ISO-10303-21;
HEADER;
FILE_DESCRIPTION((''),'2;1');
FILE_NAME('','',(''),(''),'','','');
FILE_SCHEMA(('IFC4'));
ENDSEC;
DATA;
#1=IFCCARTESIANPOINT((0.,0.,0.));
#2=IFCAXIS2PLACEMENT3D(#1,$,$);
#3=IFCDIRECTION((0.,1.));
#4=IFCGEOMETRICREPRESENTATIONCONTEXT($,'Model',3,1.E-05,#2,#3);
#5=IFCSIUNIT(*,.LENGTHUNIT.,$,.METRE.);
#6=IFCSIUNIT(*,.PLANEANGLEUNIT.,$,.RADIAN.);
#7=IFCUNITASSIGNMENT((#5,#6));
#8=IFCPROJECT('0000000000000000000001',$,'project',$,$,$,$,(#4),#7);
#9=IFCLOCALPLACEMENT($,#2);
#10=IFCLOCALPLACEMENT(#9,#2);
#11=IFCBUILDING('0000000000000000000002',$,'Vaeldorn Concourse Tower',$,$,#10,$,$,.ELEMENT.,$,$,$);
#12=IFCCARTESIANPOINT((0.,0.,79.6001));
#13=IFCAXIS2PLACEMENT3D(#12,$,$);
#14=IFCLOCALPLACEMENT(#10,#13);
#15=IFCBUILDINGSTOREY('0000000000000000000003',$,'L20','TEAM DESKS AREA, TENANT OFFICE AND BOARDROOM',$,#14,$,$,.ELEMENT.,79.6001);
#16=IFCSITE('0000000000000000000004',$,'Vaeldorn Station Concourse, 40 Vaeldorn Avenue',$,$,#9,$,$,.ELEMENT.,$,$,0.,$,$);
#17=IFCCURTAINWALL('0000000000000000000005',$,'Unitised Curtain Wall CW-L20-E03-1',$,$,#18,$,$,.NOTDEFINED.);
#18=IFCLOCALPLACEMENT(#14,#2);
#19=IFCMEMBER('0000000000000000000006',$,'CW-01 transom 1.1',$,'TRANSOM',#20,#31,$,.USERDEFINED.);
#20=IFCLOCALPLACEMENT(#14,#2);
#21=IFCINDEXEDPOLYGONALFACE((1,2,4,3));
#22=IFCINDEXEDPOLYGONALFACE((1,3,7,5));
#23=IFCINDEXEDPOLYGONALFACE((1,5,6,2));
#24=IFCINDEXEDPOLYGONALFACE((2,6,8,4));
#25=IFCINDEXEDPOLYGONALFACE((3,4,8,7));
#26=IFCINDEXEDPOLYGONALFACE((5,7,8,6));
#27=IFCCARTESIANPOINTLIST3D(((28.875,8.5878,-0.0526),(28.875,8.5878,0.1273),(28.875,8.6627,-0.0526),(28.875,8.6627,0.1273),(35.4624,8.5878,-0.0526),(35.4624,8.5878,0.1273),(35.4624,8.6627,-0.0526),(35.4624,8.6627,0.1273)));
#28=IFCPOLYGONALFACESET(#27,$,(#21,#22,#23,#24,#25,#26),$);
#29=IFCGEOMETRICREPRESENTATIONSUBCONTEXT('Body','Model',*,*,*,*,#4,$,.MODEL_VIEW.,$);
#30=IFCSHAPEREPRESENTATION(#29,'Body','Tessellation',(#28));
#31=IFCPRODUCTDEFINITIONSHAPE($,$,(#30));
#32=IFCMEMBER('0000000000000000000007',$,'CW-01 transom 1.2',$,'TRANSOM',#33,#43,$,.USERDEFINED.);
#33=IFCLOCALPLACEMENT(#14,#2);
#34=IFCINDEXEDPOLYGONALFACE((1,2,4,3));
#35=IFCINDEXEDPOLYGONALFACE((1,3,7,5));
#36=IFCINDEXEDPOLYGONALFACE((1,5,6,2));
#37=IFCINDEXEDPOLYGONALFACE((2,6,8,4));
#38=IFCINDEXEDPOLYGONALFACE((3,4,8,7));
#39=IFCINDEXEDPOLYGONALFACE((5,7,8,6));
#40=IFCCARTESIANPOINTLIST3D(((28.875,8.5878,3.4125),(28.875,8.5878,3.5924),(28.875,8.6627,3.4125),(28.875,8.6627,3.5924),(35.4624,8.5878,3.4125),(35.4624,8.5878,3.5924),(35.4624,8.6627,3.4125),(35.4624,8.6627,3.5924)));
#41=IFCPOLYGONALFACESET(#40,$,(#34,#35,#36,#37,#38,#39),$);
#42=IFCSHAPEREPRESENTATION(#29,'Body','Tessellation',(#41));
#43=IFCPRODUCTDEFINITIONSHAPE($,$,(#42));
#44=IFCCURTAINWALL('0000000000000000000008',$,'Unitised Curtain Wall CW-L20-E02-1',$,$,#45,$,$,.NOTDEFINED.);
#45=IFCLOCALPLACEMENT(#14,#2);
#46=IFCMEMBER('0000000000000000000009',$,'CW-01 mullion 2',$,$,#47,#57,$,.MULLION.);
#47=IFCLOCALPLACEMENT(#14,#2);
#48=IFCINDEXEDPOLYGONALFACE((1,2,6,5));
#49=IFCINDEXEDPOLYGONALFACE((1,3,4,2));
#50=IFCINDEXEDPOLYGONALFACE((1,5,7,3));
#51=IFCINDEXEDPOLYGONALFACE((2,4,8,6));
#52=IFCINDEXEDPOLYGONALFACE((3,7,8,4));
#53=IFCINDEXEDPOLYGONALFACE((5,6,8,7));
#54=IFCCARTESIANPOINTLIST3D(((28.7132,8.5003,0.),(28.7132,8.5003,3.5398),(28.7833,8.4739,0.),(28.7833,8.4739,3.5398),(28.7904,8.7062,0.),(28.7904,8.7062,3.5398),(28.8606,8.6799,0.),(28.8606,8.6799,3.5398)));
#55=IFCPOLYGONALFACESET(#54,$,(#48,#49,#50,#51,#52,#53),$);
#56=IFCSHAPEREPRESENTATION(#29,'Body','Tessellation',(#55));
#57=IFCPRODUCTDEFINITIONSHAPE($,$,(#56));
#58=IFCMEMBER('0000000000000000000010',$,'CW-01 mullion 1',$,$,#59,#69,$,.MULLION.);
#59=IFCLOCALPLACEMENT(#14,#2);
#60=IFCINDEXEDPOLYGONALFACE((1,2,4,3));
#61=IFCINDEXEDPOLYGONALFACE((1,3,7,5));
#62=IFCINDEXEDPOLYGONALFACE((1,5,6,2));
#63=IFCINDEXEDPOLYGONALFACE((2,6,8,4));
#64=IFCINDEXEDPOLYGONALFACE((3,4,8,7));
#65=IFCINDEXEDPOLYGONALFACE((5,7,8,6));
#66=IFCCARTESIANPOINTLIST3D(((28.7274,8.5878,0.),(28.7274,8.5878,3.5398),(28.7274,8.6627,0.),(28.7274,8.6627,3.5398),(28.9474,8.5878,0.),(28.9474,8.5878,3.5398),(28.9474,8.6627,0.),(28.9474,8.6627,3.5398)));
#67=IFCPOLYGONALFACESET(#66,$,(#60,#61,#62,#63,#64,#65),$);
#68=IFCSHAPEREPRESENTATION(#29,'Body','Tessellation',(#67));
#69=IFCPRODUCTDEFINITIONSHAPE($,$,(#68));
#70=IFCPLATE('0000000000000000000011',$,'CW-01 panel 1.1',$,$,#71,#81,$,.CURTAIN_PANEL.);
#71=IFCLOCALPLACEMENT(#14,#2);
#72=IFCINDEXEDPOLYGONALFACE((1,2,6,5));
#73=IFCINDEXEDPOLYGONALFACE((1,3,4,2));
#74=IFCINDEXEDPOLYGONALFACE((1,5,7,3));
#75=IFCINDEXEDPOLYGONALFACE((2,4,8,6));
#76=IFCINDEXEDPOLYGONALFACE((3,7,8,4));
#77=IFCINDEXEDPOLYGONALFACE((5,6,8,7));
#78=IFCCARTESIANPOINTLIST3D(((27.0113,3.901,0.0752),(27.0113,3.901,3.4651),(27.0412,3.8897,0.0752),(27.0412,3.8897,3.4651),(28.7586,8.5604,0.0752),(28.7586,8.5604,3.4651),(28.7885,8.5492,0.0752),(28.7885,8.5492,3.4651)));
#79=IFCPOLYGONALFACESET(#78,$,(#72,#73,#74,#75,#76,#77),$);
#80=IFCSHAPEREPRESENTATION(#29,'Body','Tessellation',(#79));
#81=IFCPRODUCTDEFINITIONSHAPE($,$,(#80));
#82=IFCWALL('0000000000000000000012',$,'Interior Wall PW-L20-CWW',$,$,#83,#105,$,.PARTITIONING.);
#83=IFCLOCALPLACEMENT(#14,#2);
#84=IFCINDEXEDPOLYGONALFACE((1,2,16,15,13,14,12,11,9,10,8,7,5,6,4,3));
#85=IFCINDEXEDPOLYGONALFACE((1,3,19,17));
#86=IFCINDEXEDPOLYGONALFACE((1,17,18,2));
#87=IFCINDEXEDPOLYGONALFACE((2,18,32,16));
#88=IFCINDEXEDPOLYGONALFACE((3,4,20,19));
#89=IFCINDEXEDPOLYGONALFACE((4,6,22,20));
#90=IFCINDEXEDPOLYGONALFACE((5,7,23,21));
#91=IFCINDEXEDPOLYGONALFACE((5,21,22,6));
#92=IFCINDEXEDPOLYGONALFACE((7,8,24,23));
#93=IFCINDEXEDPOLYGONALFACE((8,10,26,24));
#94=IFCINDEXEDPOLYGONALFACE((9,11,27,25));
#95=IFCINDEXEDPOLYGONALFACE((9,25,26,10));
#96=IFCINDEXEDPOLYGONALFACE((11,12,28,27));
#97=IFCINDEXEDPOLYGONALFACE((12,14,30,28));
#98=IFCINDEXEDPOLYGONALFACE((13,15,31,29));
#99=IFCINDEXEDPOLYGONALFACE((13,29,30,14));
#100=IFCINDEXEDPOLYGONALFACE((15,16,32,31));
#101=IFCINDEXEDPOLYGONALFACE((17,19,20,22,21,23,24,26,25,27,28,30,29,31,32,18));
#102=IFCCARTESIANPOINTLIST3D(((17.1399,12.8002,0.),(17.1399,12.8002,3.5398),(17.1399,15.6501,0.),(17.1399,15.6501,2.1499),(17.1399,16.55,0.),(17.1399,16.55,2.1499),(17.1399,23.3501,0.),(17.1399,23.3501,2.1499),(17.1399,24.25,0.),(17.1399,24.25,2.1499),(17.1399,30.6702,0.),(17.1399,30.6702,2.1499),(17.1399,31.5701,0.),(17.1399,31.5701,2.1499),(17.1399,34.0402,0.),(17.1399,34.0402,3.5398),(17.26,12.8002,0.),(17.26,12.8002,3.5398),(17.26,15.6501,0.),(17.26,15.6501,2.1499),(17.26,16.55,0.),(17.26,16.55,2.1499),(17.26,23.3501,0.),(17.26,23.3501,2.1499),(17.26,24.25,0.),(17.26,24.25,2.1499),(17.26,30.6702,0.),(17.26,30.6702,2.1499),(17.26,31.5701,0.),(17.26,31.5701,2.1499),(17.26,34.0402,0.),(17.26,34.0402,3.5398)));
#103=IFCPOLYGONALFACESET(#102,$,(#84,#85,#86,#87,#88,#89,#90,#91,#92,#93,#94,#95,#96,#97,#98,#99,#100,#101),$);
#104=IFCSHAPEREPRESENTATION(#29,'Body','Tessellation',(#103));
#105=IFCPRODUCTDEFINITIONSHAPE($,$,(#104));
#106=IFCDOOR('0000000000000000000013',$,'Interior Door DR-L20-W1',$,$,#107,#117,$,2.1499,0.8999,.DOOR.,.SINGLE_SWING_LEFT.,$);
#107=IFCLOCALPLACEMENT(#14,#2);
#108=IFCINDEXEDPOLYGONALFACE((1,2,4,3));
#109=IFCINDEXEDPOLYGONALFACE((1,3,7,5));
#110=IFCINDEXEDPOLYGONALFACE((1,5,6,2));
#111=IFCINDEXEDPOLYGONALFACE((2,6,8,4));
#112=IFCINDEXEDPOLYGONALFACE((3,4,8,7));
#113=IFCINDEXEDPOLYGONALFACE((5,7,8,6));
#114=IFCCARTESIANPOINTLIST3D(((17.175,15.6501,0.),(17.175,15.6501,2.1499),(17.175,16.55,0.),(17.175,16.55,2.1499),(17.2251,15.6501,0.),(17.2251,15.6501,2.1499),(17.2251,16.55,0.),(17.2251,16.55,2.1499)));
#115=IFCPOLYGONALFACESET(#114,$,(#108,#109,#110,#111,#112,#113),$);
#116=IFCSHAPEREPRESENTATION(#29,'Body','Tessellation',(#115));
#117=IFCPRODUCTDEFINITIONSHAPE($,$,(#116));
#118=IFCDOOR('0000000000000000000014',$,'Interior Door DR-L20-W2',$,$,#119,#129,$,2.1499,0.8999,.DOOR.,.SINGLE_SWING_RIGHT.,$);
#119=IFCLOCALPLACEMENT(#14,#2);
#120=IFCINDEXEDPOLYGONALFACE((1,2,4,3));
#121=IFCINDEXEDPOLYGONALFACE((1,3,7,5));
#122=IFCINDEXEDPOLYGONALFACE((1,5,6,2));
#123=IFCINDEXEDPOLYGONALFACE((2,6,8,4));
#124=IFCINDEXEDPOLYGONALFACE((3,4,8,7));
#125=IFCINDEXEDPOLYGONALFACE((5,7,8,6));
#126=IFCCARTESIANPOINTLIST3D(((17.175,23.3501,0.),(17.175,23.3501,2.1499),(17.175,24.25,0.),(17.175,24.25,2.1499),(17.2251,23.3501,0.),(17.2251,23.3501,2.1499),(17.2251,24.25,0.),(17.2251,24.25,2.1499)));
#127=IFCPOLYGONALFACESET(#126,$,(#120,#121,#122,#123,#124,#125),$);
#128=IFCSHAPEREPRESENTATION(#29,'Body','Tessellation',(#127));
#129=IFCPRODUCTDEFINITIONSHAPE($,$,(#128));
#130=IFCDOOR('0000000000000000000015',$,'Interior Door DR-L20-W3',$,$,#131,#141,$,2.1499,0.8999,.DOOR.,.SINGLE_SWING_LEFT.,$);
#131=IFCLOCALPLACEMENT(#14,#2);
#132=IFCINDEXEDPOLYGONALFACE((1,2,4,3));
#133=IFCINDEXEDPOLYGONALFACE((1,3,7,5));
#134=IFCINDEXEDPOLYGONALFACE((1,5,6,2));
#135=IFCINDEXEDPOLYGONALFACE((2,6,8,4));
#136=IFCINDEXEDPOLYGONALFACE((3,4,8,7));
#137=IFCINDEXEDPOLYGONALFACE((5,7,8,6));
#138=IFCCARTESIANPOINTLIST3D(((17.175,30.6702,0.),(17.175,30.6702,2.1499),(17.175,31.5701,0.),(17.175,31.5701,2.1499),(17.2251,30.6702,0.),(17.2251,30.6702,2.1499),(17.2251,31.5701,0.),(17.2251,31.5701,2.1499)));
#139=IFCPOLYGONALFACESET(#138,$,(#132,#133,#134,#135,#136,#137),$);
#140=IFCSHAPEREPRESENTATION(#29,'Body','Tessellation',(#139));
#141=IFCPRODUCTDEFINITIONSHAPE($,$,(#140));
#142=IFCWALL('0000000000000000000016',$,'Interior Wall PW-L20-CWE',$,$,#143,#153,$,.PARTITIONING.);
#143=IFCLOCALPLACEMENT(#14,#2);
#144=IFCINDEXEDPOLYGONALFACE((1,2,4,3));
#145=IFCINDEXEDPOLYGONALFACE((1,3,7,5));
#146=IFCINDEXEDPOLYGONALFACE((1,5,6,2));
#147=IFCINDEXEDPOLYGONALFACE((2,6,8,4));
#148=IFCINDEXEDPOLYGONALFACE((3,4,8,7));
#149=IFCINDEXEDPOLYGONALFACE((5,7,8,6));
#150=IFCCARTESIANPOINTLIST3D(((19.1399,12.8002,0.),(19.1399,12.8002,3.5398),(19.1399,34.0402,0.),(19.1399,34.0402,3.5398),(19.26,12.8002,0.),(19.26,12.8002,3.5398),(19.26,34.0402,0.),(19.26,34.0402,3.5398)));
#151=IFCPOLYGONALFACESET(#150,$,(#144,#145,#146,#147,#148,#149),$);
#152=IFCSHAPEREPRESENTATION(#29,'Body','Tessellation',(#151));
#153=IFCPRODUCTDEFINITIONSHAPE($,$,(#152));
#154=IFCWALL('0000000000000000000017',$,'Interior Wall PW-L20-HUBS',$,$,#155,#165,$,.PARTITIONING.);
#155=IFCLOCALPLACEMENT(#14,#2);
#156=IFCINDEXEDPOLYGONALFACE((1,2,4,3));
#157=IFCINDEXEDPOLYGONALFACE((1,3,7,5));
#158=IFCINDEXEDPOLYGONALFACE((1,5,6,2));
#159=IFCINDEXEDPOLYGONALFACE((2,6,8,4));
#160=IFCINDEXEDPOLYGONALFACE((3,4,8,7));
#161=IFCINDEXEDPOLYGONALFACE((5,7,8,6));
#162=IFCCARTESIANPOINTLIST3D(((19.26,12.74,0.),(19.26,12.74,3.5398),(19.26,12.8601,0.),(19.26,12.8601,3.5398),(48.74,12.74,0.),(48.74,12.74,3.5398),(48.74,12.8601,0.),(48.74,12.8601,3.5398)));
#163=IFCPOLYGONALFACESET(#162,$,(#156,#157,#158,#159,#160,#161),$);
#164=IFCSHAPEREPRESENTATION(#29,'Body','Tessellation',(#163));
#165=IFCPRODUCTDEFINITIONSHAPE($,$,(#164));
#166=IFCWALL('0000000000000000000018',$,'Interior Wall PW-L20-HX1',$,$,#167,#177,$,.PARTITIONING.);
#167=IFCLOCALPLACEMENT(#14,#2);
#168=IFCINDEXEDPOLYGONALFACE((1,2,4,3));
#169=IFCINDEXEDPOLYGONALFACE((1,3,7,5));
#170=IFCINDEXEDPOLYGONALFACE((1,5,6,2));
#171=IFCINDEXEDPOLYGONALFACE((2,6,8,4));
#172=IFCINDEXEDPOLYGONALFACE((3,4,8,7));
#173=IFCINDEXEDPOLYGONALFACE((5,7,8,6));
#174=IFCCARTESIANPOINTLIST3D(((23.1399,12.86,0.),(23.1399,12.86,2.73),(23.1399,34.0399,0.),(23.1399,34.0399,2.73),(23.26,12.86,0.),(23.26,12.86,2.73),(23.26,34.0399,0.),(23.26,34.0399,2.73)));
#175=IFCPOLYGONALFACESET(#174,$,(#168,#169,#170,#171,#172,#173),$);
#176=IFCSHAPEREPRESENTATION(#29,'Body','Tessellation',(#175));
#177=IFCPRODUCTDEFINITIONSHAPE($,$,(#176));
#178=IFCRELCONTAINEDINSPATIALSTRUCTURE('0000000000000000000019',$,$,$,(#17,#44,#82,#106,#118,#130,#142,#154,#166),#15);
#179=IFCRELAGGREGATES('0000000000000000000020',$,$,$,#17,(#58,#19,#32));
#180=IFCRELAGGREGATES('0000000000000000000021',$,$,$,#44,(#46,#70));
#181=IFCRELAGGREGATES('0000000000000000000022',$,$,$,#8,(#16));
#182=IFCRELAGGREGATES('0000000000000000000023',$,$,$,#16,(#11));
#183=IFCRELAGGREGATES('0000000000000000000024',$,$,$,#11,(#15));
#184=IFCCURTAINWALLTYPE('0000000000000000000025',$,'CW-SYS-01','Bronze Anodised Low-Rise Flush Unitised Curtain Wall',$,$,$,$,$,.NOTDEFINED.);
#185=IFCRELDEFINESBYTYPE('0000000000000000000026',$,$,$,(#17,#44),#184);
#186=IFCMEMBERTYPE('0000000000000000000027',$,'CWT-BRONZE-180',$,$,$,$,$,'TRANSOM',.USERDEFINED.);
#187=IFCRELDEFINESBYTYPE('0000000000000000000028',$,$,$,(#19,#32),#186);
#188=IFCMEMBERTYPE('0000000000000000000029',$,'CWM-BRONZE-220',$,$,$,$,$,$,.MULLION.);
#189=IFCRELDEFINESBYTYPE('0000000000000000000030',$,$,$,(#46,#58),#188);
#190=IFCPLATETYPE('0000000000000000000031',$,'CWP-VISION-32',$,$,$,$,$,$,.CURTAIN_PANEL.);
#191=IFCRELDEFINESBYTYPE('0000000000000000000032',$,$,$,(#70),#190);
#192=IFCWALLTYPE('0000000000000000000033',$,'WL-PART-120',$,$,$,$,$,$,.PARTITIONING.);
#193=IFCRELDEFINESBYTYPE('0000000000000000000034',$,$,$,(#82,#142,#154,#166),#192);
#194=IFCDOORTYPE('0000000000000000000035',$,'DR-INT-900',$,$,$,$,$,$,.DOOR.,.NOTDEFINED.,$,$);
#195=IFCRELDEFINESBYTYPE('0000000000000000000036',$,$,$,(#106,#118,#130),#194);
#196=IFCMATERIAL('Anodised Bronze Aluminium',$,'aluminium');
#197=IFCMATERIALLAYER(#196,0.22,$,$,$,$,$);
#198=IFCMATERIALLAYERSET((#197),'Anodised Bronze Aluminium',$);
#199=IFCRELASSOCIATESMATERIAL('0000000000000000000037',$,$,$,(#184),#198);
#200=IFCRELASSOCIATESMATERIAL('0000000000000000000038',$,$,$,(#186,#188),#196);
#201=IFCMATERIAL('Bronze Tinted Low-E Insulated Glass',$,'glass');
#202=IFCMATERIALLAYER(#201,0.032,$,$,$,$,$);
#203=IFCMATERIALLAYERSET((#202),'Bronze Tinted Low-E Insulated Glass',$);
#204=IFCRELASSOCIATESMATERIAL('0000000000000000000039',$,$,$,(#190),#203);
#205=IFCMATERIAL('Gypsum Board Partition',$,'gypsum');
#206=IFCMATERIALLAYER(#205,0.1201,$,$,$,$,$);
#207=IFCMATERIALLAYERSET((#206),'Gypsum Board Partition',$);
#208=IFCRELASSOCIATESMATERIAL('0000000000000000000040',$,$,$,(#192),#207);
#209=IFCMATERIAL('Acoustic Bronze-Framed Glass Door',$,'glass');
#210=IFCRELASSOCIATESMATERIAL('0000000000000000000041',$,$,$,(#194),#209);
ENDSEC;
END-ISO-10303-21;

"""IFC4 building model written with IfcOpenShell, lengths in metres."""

from ifc_helpers import new_model, si_unit, direction, frame, frame_2d, origin, origin_2d, place, context, subcontext, project, spatial, rectangle, extrude, source, transform, mapped, material, layer, layer_set, material_profile, profile_set, type_object, element, fill, aggregate, save


model = new_model("IFC4")

# Units and contexts
model_context = context("Model", 3, precision=1e-05, world=origin(), true_north=direction((0.0, 1.0)))
body_context = subcontext(model_context, "Body", "Model", "MODEL_VIEW")
ifc_project = project(units=[si_unit("LENGTHUNIT", "METRE"), si_unit("PLANEANGLEUNIT", "RADIAN")], contexts=[model_context])

# Site, building, storey
site_placement = place(None, origin())
site = spatial("IfcSite", under=ifc_project, at=site_placement, Name="Vaeldorn Station Concourse, 40 Vaeldorn Avenue", CompositionType="ELEMENT", RefElevation=0.0)
building_placement = place(site_placement, origin())
building = spatial("IfcBuilding", under=site, at=building_placement, Name="Vaeldorn Concourse Tower", CompositionType="ELEMENT")
storey_placement = place(building_placement, frame((0.0, 0.0, 79.6001)))
storey = spatial("IfcBuildingStorey", under=building, at=storey_placement, Name="L20", Description="TEAM DESKS AREA, TENANT OFFICE AND BOARDROOM", CompositionType="ELEMENT", Elevation=79.6001)

# Curtain wall, members
ifc_material_1 = material(Name="Anodised Bronze Aluminium", Category="aluminium")
ifc_layer_1 = layer(ifc_material_1, 0.22)
ifc_layer_set_1 = layer_set([ifc_layer_1], Name="Anodised Bronze Aluminium")
curtain_wall_type = type_object("IfcCurtainWallType", Name="CW-SYS-01", Description="Bronze Anodised Low-Rise Flush Unitised Curtain Wall", PredefinedType="NOTDEFINED", material=ifc_layer_set_1)
curtain_wall_1_placement = place(storey_placement, origin())
curtain_wall_1 = element("IfcCurtainWall", 1, at=curtain_wall_1_placement, inside=storey, type_object=curtain_wall_type, Name="Unitised Curtain Wall CW-L20-E03-1", PredefinedType="NOTDEFINED")
ifc_material_profile_1 = material_profile(ifc_material_1, rectangle(XDim=0.075, YDim=0.1799, at=origin_2d()), Name="CWT 75x180")
ifc_profile_set_1 = profile_set([ifc_material_profile_1], Name="Anodised Bronze Aluminium")
member_type_1 = type_object("IfcMemberType", Name="CWT-BRONZE-180", ElementType="TRANSOM", PredefinedType="USERDEFINED", material=ifc_profile_set_1)
shared_shape_1 = source(origin(), body_context, "Body", "SweptSolid", [
    extrude(rectangle(XDim=0.075, YDim=0.1799, at=origin_2d()), origin(), (0.0, 0.0, 1.0), 6.5874),
])
member_1_placement = place(storey_placement, frame((28.875, 8.6252, 0.0374), z_axis=(1.0, 0.0, 0.0), x_axis=(0.0, 1.0, 0.0)))
member_1 = element("IfcMember", 2, at=member_1_placement, type_object=member_type_1, Name="CW-01 transom 1.1", ObjectType="TRANSOM", PredefinedType="USERDEFINED", context=body_context, shape_type="MappedRepresentation", body=[
    mapped(shared_shape_1, transform((0.0, 0.0, 0.0), scale=1.0)),
])
member_2_placement = place(storey_placement, frame((28.875, 8.6252, 3.5024), z_axis=(1.0, 0.0, 0.0), x_axis=(0.0, 1.0, 0.0)))
member_2 = element("IfcMember", 3, at=member_2_placement, type_object=member_type_1, Name="CW-01 transom 1.2", ObjectType="TRANSOM", PredefinedType="USERDEFINED", context=body_context, shape_type="MappedRepresentation", body=[
    mapped(shared_shape_1, transform((0.0, 0.0, 0.0), scale=1.0)),
])

# Curtain wall, member
curtain_wall_2_placement = place(storey_placement, origin())
curtain_wall_2 = element("IfcCurtainWall", 4, at=curtain_wall_2_placement, inside=storey, type_object=curtain_wall_type, Name="Unitised Curtain Wall CW-L20-E02-1", PredefinedType="NOTDEFINED")
ifc_material_profile_2 = material_profile(ifc_material_1, rectangle(XDim=0.075, YDim=0.22, at=origin_2d()), Name="CWM 75x220")
ifc_profile_set_2 = profile_set([ifc_material_profile_2], Name="Anodised Bronze Aluminium")
member_type_2 = type_object("IfcMemberType", Name="CWM-BRONZE-220", PredefinedType="MULLION", material=ifc_profile_set_2)
shared_shape_2 = source(origin(), body_context, "Body", "SweptSolid", [
    extrude(rectangle(XDim=0.075, YDim=0.22, at=origin_2d()), origin(), (0.0, 0.0, 1.0), 3.5398),
])
member_3_placement = place(storey_placement, frame((28.7869, 8.5901, 0.0), z_axis=(0.0, 0.0, 1.0), x_axis=(-0.936329, 0.351123, 0.0)))
member_3 = element("IfcMember", 5, at=member_3_placement, type_object=member_type_2, Name="CW-01 mullion 2", PredefinedType="MULLION", context=body_context, shape_type="MappedRepresentation", body=[
    mapped(shared_shape_2, transform((0.0, 0.0, 0.0), scale=1.0)),
])

# Member
member_4_placement = place(storey_placement, frame((28.8374, 8.6252, 0.0), z_axis=(0.0, 0.0, 1.0), x_axis=(0.0, 1.0, 0.0)))
member_4 = element("IfcMember", 6, at=member_4_placement, type_object=member_type_2, Name="CW-01 mullion 1", PredefinedType="MULLION", context=body_context, shape_type="MappedRepresentation", body=[
    mapped(shared_shape_2, transform((0.0, 0.0, 0.0), scale=1.0)),
])
aggregate(curtain_wall_1, [member_4, member_1, member_2])

# Plate
ifc_material_2 = material(Name="Bronze Tinted Low-E Insulated Glass", Category="glass")
ifc_layer_2 = layer(ifc_material_2, 0.032)
ifc_layer_set_2 = layer_set([ifc_layer_2], Name="Bronze Tinted Low-E Insulated Glass")
plate_type = type_object("IfcPlateType", Name="CWP-VISION-32", PredefinedType="CURTAIN_PANEL", material=ifc_layer_set_2)
shared_shape_3 = source(origin(), body_context, "Body", "SweptSolid", [
    extrude(rectangle(XDim=4.9763, YDim=0.032, at=origin_2d()), origin(), (0.0, 0.0, 1.0), 3.3899),
])
plate_placement = place(storey_placement, frame((27.8999, 6.2251, 0.0752), z_axis=(0.0, 0.0, 1.0), x_axis=(0.351123, 0.936329, 0.0)))
plate = element("IfcPlate", 7, at=plate_placement, type_object=plate_type, Name="CW-01 panel 1.1", PredefinedType="CURTAIN_PANEL", context=body_context, shape_type="MappedRepresentation", body=[
    mapped(shared_shape_3, transform((0.0, 0.0, 0.0), scale=1.0)),
])
aggregate(curtain_wall_2, [member_3, plate])

# Wall, openings, doors
ifc_material_3 = material(Name="Gypsum Board Partition", Category="gypsum")
ifc_layer_3 = layer(ifc_material_3, 0.1201)
ifc_layer_set_3 = layer_set([ifc_layer_3], Name="Gypsum Board Partition")
wall_type = type_object("IfcWallType", Name="WL-PART-120", PredefinedType="PARTITIONING", material=ifc_layer_set_3)
wall_1_placement = place(storey_placement, frame((17.2, 12.8, 0.0), z_axis=(0.0, 0.0, 1.0), x_axis=(0.0, 1.0, 0.0)))
wall_1 = element("IfcWall", 8, at=wall_1_placement, inside=storey, type_object=wall_type, Name="Interior Wall PW-L20-CWW", PredefinedType="PARTITIONING", context=body_context, shape_type="SweptSolid", body=[
    extrude(rectangle(XDim=21.24, YDim=0.1201, at=frame_2d((10.6201, 0.0))), origin(), (0.0, 0.0, 1.0), 3.5398),
])
opening_1_placement = place(wall_1_placement, frame((2.8501, 0.0, 0.0)))
opening_1 = element("IfcOpeningElement", 9, at=opening_1_placement, cuts=wall_1, PredefinedType="OPENING", context=body_context, shape_type="SweptSolid", body=[
    extrude(rectangle(XDim=0.8999, YDim=2.1499, at=frame_2d((0.45, 1.075))), frame((0.0, 0.0701, 0.0), z_axis=(0.0, -1.0, 0.0), x_axis=(1.0, 0.0, 0.0)), (0.0, 0.0, 1.0), 0.1401),
])
opening_2_placement = place(wall_1_placement, frame((10.55, 0.0, 0.0)))
opening_2 = element("IfcOpeningElement", 10, at=opening_2_placement, cuts=wall_1, PredefinedType="OPENING", context=body_context, shape_type="SweptSolid", body=[
    extrude(rectangle(XDim=0.8999, YDim=2.1499, at=frame_2d((0.45, 1.075))), frame((0.0, 0.0701, 0.0), z_axis=(0.0, -1.0, 0.0), x_axis=(1.0, 0.0, 0.0)), (0.0, 0.0, 1.0), 0.1401),
])
opening_3_placement = place(wall_1_placement, frame((17.8701, 0.0, 0.0)))
opening_3 = element("IfcOpeningElement", 11, at=opening_3_placement, cuts=wall_1, PredefinedType="OPENING", context=body_context, shape_type="SweptSolid", body=[
    extrude(rectangle(XDim=0.8999, YDim=2.1499, at=frame_2d((0.45, 1.075))), frame((0.0, 0.0701, 0.0), z_axis=(0.0, -1.0, 0.0), x_axis=(1.0, 0.0, 0.0)), (0.0, 0.0, 1.0), 0.1401),
])
ifc_material_4 = material(Name="Acoustic Bronze-Framed Glass Door", Category="glass")
door_type = type_object("IfcDoorType", Name="DR-INT-900", OperationType="NOTDEFINED", PredefinedType="DOOR", material=ifc_material_4)
shared_shape_4 = source(origin(), body_context, "Body", "SweptSolid", [
    extrude(rectangle(XDim=0.8999, YDim=2.1499, at=frame_2d((0.45, 1.075))), frame((0.0, 0.0249, 0.0), z_axis=(0.0, -1.0, 0.0), x_axis=(1.0, 0.0, 0.0)), (0.0, 0.0, 1.0), 0.05),
])
door_1_placement = place(opening_1_placement, origin())
door_1 = element("IfcDoor", 12, at=door_1_placement, inside=storey, type_object=door_type, Name="Interior Door DR-L20-W1", OperationType="SINGLE_SWING_LEFT", OverallHeight=2.1499, OverallWidth=0.8999, PredefinedType="DOOR", context=body_context, shape_type="MappedRepresentation", body=[
    mapped(shared_shape_4, transform((0.0, 0.0, 0.0), scale=1.0)),
])
fill(opening_1, door_1)
door_2_placement = place(opening_2_placement, origin())
door_2 = element("IfcDoor", 13, at=door_2_placement, inside=storey, type_object=door_type, Name="Interior Door DR-L20-W2", OperationType="SINGLE_SWING_RIGHT", OverallHeight=2.1499, OverallWidth=0.8999, PredefinedType="DOOR", context=body_context, shape_type="MappedRepresentation", body=[
    mapped(shared_shape_4, transform((0.0, 0.0, 0.0), scale=1.0)),
])
fill(opening_2, door_2)
door_3_placement = place(opening_3_placement, origin())
door_3 = element("IfcDoor", 14, at=door_3_placement, inside=storey, type_object=door_type, Name="Interior Door DR-L20-W3", OperationType="SINGLE_SWING_LEFT", OverallHeight=2.1499, OverallWidth=0.8999, PredefinedType="DOOR", context=body_context, shape_type="MappedRepresentation", body=[
    mapped(shared_shape_4, transform((0.0, 0.0, 0.0), scale=1.0)),
])
fill(opening_3, door_3)

# Wall
wall_2_placement = place(storey_placement, frame((19.2, 12.8, 0.0), z_axis=(0.0, 0.0, 1.0), x_axis=(0.0, 1.0, 0.0)))
element("IfcWall", 15, at=wall_2_placement, inside=storey, type_object=wall_type, Name="Interior Wall PW-L20-CWE", PredefinedType="PARTITIONING", context=body_context, shape_type="SweptSolid", body=[
    extrude(rectangle(XDim=21.24, YDim=0.1201, at=frame_2d((10.6201, 0.0))), origin(), (0.0, 0.0, 1.0), 3.5398),
])

# Walls
wall_3_placement = place(storey_placement, frame((19.26, 12.8, 0.0), z_axis=(0.0, 0.0, 1.0), x_axis=(1.0, 0.0, 0.0)))
element("IfcWall", 16, at=wall_3_placement, inside=storey, type_object=wall_type, Name="Interior Wall PW-L20-HUBS", PredefinedType="PARTITIONING", context=body_context, shape_type="SweptSolid", body=[
    extrude(rectangle(XDim=29.48, YDim=0.1201, at=frame_2d((14.74, 0.0))), origin(), (0.0, 0.0, 1.0), 3.5398),
])
wall_4_placement = place(storey_placement, frame((23.2, 12.8601, 0.0), z_axis=(0.0, 0.0, 1.0), x_axis=(0.0, 1.0, 0.0)))
element("IfcWall", 17, at=wall_4_placement, inside=storey, type_object=wall_type, Name="Interior Wall PW-L20-HX1", PredefinedType="PARTITIONING", context=body_context, shape_type="SweptSolid", body=[
    extrude(rectangle(XDim=21.1799, YDim=0.1201, at=frame_2d((10.5898, 0.0))), origin(), (0.0, 0.0, 1.0), 2.73),
])

save(model, "model.ifc")
